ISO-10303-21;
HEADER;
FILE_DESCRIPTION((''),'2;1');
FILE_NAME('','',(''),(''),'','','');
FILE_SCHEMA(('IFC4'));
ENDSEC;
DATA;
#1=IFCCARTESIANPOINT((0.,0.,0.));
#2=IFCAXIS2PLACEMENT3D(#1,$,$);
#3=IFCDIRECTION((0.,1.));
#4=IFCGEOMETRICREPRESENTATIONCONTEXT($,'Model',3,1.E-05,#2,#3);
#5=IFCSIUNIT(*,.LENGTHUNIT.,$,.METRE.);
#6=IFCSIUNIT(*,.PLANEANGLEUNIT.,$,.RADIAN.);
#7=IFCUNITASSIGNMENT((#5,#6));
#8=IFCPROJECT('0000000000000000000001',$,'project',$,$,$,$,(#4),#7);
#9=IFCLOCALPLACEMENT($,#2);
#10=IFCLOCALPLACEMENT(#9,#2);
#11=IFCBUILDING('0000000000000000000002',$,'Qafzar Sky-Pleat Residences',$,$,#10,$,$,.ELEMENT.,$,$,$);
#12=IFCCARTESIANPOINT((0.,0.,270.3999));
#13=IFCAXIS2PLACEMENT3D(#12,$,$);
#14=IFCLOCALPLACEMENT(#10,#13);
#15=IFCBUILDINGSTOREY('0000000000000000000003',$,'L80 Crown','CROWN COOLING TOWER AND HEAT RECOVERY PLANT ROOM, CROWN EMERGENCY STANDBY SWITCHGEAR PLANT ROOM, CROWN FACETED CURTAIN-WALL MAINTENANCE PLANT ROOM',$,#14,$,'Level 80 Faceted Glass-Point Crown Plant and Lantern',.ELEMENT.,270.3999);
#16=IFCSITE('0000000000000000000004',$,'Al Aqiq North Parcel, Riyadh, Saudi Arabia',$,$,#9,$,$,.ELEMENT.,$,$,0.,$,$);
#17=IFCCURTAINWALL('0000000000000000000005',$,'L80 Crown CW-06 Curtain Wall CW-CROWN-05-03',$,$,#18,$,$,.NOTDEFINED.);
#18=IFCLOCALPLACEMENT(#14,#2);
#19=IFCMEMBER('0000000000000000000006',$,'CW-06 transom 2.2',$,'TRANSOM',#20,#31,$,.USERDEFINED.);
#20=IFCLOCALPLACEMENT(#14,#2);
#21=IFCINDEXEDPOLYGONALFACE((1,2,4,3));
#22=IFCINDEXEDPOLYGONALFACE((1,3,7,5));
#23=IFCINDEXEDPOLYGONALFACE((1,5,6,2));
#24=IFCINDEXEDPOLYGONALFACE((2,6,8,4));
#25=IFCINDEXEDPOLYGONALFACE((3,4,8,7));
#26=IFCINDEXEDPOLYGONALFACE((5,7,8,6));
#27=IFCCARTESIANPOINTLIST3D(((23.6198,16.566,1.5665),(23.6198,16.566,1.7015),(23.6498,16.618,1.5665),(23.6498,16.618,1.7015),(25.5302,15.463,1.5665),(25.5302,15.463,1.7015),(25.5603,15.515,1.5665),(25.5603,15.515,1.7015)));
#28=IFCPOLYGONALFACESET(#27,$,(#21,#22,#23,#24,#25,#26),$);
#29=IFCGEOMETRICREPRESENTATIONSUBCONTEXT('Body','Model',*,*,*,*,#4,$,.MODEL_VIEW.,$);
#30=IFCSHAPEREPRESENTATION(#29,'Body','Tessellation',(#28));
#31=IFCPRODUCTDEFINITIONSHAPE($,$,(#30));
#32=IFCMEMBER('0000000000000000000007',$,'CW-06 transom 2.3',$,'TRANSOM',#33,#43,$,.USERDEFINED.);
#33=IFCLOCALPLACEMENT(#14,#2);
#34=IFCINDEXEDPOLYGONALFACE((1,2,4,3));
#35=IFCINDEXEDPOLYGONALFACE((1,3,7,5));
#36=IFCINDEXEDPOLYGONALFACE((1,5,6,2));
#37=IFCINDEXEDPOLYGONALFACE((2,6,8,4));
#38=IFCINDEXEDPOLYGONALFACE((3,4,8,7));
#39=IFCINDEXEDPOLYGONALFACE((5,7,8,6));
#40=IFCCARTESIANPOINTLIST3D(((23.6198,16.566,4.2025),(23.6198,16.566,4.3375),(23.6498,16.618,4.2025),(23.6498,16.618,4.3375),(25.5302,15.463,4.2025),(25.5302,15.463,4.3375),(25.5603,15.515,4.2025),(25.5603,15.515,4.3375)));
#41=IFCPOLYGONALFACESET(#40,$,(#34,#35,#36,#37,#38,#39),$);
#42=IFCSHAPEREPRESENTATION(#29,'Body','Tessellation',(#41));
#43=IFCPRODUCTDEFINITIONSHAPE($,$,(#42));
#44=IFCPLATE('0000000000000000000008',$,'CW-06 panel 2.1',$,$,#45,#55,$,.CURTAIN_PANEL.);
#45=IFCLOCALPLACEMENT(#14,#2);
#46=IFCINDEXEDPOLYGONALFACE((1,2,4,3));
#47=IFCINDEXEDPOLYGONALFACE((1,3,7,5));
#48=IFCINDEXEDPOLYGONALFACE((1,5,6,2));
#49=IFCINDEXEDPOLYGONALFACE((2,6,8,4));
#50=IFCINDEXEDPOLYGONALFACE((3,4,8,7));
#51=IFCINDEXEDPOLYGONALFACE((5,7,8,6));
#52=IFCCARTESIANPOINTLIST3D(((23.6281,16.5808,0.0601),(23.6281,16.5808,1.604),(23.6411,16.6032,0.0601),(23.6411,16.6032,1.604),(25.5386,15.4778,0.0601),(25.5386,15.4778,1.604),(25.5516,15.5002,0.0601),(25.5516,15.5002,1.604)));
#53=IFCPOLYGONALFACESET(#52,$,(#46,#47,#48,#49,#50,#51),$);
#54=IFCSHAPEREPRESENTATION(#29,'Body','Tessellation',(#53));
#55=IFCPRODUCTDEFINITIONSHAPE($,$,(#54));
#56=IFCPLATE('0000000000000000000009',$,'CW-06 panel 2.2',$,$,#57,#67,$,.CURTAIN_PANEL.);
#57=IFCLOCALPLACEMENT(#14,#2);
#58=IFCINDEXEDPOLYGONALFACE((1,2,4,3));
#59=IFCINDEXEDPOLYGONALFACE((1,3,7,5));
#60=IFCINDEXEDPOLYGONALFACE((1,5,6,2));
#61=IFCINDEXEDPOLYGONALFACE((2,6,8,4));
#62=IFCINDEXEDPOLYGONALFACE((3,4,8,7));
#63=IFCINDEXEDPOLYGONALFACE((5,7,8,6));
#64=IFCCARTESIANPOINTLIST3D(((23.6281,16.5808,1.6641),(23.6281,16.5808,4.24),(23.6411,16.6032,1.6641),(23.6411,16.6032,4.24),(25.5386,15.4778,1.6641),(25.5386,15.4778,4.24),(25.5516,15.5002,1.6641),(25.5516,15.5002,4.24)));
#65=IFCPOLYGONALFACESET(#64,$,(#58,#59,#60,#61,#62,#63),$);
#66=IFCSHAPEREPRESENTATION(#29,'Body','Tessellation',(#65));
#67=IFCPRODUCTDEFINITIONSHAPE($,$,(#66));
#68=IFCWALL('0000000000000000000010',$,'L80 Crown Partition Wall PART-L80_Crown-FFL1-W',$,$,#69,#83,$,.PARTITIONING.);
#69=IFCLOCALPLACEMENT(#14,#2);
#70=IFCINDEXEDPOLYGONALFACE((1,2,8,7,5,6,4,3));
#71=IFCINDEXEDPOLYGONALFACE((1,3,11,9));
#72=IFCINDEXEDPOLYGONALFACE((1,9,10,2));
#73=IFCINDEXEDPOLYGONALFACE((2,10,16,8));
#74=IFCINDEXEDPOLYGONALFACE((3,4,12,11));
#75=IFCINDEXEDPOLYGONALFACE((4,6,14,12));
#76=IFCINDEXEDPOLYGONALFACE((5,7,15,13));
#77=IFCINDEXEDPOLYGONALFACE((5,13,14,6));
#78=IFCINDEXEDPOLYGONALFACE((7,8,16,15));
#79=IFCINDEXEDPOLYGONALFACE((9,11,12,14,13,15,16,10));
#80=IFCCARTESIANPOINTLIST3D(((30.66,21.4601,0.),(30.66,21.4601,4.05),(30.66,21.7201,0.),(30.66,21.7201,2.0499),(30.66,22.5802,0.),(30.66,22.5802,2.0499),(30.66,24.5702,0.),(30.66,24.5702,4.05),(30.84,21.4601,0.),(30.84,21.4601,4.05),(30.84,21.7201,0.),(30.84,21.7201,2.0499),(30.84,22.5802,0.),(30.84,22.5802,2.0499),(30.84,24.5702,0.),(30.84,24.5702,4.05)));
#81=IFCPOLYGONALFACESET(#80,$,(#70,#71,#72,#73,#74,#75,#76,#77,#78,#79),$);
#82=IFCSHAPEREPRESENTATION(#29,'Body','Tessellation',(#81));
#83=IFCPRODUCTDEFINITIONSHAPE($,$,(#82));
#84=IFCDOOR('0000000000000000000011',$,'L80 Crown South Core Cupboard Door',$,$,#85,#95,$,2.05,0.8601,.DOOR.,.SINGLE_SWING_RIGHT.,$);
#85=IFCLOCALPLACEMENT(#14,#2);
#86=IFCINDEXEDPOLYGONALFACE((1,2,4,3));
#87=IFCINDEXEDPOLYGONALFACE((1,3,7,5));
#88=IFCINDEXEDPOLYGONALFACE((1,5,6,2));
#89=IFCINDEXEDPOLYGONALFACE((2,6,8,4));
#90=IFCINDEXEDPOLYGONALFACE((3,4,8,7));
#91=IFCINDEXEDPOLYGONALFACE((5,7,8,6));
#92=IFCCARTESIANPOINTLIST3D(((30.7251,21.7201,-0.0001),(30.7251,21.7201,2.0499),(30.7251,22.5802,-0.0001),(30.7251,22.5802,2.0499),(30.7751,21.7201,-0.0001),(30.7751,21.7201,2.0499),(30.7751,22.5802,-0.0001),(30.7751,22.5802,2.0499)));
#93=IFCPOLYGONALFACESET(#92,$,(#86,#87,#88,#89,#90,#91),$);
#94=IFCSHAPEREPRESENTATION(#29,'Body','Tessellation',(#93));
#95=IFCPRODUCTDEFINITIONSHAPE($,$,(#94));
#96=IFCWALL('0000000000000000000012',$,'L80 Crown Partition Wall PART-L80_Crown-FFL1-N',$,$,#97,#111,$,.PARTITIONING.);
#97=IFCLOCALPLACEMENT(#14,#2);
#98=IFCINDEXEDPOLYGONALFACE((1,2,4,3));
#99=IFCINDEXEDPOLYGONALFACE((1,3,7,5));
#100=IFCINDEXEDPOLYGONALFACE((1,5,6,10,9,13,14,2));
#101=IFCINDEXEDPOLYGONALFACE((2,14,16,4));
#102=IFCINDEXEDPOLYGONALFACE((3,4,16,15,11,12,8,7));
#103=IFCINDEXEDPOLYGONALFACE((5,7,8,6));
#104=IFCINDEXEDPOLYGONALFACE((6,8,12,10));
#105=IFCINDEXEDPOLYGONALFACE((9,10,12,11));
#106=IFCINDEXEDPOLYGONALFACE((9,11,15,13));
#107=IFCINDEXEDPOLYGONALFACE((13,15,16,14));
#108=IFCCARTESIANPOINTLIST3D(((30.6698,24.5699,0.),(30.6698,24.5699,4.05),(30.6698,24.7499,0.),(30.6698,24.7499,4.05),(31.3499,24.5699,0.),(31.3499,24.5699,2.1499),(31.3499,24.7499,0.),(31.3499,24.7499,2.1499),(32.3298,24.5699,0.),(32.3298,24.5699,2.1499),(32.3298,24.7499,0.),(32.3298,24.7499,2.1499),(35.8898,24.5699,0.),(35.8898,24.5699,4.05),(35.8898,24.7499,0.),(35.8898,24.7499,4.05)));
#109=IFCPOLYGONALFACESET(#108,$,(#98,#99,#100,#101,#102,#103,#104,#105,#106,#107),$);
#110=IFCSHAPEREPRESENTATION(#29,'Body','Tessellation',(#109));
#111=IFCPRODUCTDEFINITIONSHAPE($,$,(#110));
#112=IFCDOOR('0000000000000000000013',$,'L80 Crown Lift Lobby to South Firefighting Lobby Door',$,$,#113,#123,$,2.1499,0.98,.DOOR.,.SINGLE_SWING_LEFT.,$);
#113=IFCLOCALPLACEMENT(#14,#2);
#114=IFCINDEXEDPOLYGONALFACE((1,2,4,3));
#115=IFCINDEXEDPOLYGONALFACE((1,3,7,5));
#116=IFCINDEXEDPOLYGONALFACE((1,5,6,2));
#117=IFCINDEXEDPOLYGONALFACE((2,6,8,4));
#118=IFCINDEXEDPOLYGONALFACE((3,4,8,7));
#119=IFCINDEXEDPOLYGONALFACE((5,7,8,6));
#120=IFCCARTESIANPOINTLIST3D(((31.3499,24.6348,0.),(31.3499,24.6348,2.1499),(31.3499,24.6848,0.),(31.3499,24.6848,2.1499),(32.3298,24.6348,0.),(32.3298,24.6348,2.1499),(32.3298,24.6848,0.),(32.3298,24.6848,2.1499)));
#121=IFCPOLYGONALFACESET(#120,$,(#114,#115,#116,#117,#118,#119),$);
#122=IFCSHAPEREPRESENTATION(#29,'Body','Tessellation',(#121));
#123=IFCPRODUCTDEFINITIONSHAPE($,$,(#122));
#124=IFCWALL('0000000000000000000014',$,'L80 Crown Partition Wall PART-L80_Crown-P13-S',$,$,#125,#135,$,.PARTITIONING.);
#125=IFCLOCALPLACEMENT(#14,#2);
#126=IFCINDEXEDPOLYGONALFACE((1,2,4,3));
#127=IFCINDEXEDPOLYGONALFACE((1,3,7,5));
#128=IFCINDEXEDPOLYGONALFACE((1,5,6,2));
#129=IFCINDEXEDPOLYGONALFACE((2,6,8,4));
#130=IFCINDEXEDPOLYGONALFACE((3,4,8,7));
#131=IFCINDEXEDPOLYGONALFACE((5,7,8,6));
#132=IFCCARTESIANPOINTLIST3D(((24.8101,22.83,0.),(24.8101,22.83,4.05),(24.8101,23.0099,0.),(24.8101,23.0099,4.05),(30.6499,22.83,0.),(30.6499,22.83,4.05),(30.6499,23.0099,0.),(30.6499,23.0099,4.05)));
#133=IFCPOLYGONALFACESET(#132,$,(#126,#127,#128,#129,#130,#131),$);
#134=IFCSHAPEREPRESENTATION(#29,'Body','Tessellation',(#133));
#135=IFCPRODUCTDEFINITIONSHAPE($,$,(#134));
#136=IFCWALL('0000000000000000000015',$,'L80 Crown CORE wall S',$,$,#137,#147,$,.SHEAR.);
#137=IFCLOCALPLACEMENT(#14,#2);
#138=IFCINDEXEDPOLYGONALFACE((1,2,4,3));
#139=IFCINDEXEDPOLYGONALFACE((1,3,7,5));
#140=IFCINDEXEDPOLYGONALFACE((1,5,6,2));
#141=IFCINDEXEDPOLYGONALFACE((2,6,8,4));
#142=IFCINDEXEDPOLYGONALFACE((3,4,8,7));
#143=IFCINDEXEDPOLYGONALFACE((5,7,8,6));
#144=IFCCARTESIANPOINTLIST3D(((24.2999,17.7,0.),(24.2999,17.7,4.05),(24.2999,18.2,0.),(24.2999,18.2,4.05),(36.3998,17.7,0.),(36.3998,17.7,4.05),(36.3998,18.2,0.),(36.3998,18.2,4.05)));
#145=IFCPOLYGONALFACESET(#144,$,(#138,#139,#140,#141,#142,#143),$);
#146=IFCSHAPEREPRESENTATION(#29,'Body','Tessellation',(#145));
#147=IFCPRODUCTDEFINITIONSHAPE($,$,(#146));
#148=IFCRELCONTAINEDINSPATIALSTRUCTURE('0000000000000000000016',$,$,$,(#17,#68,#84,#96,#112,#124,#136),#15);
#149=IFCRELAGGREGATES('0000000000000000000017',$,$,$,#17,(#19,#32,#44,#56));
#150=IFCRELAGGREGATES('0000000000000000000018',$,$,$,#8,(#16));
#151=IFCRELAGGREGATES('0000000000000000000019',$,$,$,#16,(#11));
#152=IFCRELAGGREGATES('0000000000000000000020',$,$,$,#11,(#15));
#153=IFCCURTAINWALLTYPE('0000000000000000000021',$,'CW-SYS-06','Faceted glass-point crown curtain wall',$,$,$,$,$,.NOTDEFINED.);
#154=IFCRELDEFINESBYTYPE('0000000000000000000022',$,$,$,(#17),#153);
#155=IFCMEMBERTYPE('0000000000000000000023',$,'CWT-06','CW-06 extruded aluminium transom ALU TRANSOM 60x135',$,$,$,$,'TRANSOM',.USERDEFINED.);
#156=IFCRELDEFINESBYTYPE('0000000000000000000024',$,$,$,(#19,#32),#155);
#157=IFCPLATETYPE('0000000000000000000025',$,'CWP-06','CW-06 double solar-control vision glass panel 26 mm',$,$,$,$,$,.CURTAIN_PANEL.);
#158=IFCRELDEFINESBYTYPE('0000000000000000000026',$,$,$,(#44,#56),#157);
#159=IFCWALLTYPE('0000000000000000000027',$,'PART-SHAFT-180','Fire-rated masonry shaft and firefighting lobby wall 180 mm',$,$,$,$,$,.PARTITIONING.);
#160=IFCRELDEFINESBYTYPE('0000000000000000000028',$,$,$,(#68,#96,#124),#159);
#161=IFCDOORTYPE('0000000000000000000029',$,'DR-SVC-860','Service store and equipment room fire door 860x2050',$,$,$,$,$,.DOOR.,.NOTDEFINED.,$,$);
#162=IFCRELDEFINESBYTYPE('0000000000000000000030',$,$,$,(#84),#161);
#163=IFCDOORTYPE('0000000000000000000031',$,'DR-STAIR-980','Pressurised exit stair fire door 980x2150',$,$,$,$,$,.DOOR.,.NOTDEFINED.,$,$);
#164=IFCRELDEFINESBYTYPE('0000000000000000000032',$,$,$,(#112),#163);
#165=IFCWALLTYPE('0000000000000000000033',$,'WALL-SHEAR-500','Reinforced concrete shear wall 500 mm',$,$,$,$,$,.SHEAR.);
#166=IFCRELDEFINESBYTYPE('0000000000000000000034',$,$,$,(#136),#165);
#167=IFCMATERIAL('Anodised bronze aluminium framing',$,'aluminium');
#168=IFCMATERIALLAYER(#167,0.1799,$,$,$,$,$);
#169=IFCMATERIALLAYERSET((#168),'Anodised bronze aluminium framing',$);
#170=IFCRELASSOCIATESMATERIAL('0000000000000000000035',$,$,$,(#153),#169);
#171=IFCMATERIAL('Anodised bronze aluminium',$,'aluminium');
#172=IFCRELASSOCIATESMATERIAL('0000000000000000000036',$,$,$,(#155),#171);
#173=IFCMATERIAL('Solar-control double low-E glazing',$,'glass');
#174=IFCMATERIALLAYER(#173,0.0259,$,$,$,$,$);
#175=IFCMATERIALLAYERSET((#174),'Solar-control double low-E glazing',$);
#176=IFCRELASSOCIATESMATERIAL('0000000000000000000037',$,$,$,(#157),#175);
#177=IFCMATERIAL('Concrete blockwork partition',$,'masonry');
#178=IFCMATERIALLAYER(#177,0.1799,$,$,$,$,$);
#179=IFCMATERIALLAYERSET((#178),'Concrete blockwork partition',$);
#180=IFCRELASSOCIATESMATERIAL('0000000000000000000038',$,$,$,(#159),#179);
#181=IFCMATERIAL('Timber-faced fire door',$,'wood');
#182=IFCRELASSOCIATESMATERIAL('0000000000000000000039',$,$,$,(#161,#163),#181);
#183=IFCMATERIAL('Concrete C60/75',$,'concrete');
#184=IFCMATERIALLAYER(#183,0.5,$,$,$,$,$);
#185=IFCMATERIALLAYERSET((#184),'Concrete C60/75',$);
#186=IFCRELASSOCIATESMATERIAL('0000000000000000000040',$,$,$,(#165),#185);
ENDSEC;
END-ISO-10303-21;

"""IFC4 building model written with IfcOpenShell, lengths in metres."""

from ifc_helpers import new_model, si_unit, direction, frame, frame_2d, origin, origin_2d, place, context, subcontext, project, spatial, rectangle, extrude, source, transform, mapped, material, layer, layer_set, material_profile, profile_set, type_object, element, fill, aggregate, save


model = new_model("IFC4")

# Units and contexts
model_context = context("Model", 3, precision=1e-05, world=origin(), true_north=direction((0.0, 1.0)))
body_context = subcontext(model_context, "Body", "Model", "MODEL_VIEW")
ifc_project = project(units=[si_unit("LENGTHUNIT", "METRE"), si_unit("PLANEANGLEUNIT", "RADIAN")], contexts=[model_context])

# Site, building, storey
site_placement = place(None, origin())
site = spatial("IfcSite", under=ifc_project, at=site_placement, Name="Al Aqiq North Parcel, Riyadh, Saudi Arabia", CompositionType="ELEMENT", RefElevation=0.0)
building_placement = place(site_placement, origin())
building = spatial("IfcBuilding", under=site, at=building_placement, Name="Qafzar Sky-Pleat Residences", CompositionType="ELEMENT")
storey_placement = place(building_placement, frame((0.0, 0.0, 270.3999)))
storey = spatial("IfcBuildingStorey", under=building, at=storey_placement, Name="L80 Crown", Description="CROWN COOLING TOWER AND HEAT RECOVERY PLANT ROOM, CROWN EMERGENCY STANDBY SWITCHGEAR PLANT ROOM, CROWN FACETED CURTAIN-WALL MAINTENANCE PLANT ROOM", LongName="Level 80 Faceted Glass-Point Crown Plant and Lantern", CompositionType="ELEMENT", Elevation=270.3999)

# Curtain wall, members, plates
ifc_material_1 = material(Name="Anodised bronze aluminium framing", Category="aluminium")
ifc_layer_1 = layer(ifc_material_1, 0.1799)
ifc_layer_set_1 = layer_set([ifc_layer_1], Name="Anodised bronze aluminium framing")
curtain_wall_type = type_object("IfcCurtainWallType", Name="CW-SYS-06", Description="Faceted glass-point crown curtain wall", PredefinedType="NOTDEFINED", material=ifc_layer_set_1)
curtain_wall_placement = place(storey_placement, origin())
curtain_wall = element("IfcCurtainWall", 1, at=curtain_wall_placement, inside=storey, type_object=curtain_wall_type, Name="L80 Crown CW-06 Curtain Wall CW-CROWN-05-03", PredefinedType="NOTDEFINED")
ifc_material_2 = material(Name="Anodised bronze aluminium", Category="aluminium")
ifc_material_profile_1 = material_profile(ifc_material_2, rectangle(XDim=0.0601, YDim=0.135, at=origin_2d()), Name="ALU TRANSOM 60x135")
ifc_profile_set_1 = profile_set([ifc_material_profile_1], Name="Anodised bronze aluminium")
member_type_1 = type_object("IfcMemberType", Name="CWT-06", Description="CW-06 extruded aluminium transom ALU TRANSOM 60x135", ElementType="TRANSOM", PredefinedType="USERDEFINED", material=ifc_profile_set_1)
shared_shape_1 = source(origin(), body_context, "Body", "SweptSolid", [
    extrude(rectangle(XDim=0.0601, YDim=0.135, at=origin_2d()), origin(), (0.0, 0.0, 1.0), 2.2061),
])
member_1_placement = place(storey_placement, frame((23.6348, 16.592, 1.634), z_axis=(0.866014, -0.500019, 0.0), x_axis=(0.500019, 0.866014, 0.0)))
member_1 = element("IfcMember", 2, at=member_1_placement, type_object=member_type_1, Name="CW-06 transom 2.2", ObjectType="TRANSOM", PredefinedType="USERDEFINED", context=body_context, shape_type="MappedRepresentation", body=[
    mapped(shared_shape_1, transform((0.0, 0.0, 0.0), x_axis=(1.0, 0.0, 0.0), y_axis=(0.0, 1.0, 0.0), z_axis=(0.0, 0.0, 1.0), scale=1.0)),
])
member_2_placement = place(storey_placement, frame((23.6348, 16.592, 4.27), z_axis=(0.866014, -0.500019, 0.0), x_axis=(0.500019, 0.866014, 0.0)))
member_2 = element("IfcMember", 3, at=member_2_placement, type_object=member_type_1, Name="CW-06 transom 2.3", ObjectType="TRANSOM", PredefinedType="USERDEFINED", context=body_context, shape_type="MappedRepresentation", body=[
    mapped(shared_shape_1, transform((0.0, 0.0, 0.0), x_axis=(1.0, 0.0, 0.0), y_axis=(0.0, 1.0, 0.0), z_axis=(0.0, 0.0, 1.0), scale=1.0)),
])
ifc_material_3 = material(Name="Solar-control double low-E glazing", Category="glass")
ifc_layer_2 = layer(ifc_material_3, 0.0259)
ifc_layer_set_2 = layer_set([ifc_layer_2], Name="Solar-control double low-E glazing")
plate_type = type_object("IfcPlateType", Name="CWP-06", Description="CW-06 double solar-control vision glass panel 26 mm", PredefinedType="CURTAIN_PANEL", material=ifc_layer_set_2)
shared_shape_2 = source(origin(), body_context, "Body", "SweptSolid", [
    extrude(rectangle(XDim=2.2061, YDim=0.0259, at=origin_2d()), origin(), (0.0, 0.0, 1.0), 1.5439),
])
plate_1_placement = place(storey_placement, frame((24.5898, 16.0405, 0.0601), z_axis=(0.0, 0.0, 1.0), x_axis=(0.866024, -0.500003, 0.0)))
plate_1 = element("IfcPlate", 4, at=plate_1_placement, type_object=plate_type, Name="CW-06 panel 2.1", PredefinedType="CURTAIN_PANEL", context=body_context, shape_type="MappedRepresentation", body=[
    mapped(shared_shape_2, transform((0.0, 0.0, 0.0), x_axis=(1.0, 0.0, 0.0), y_axis=(0.0, 1.0, 0.0), z_axis=(0.0, 0.0, 1.0), scale=1.0)),
])
shared_shape_3 = source(origin(), body_context, "Body", "SweptSolid", [
    extrude(rectangle(XDim=2.2061, YDim=0.0259, at=origin_2d()), origin(), (0.0, 0.0, 1.0), 2.5759),
])
plate_2_placement = place(storey_placement, frame((24.5898, 16.0405, 1.6641), z_axis=(0.0, 0.0, 1.0), x_axis=(0.866024, -0.500003, 0.0)))
plate_2 = element("IfcPlate", 5, at=plate_2_placement, type_object=plate_type, Name="CW-06 panel 2.2", PredefinedType="CURTAIN_PANEL", context=body_context, shape_type="MappedRepresentation", body=[
    mapped(shared_shape_3, transform((0.0, 0.0, 0.0), x_axis=(1.0, 0.0, 0.0), y_axis=(0.0, 1.0, 0.0), z_axis=(0.0, 0.0, 1.0), scale=1.0)),
])
aggregate(curtain_wall, [member_1, member_2, plate_1, plate_2])

# Walls, openings, doors
ifc_material_4 = material(Name="Concrete blockwork partition", Category="masonry")
ifc_layer_3 = layer(ifc_material_4, 0.1799)
ifc_layer_set_3 = layer_set([ifc_layer_3], Name="Concrete blockwork partition")
wall_type_1 = type_object("IfcWallType", Name="PART-SHAFT-180", Description="Fire-rated masonry shaft and firefighting lobby wall 180 mm", PredefinedType="PARTITIONING", material=ifc_layer_set_3)
wall_1_placement = place(storey_placement, frame((30.75, 21.46, 0.0), z_axis=(0.0, 0.0, 1.0), x_axis=(0.0, 1.0, 0.0)))
wall_1 = element("IfcWall", 6, at=wall_1_placement, inside=storey, type_object=wall_type_1, Name="L80 Crown Partition Wall PART-L80_Crown-FFL1-W", PredefinedType="PARTITIONING", context=body_context, shape_type="SweptSolid", body=[
    extrude(rectangle(XDim=3.1101, YDim=0.1799, at=frame_2d((1.5552, 0.0))), origin(), (0.0, 0.0, 1.0), 4.05),
])
opening_1_placement = place(wall_1_placement, frame((0.26, 0.0, 0.0)))
opening_1 = element("IfcOpeningElement", 7, at=opening_1_placement, cuts=wall_1, PredefinedType="OPENING", context=body_context, shape_type="SweptSolid", body=[
    extrude(rectangle(XDim=0.8601, YDim=2.05, at=frame_2d((0.4302, 1.0249))), frame((0.0, 0.1001, 0.0), z_axis=(0.0, -1.0, 0.0), x_axis=(1.0, 0.0, 0.0)), (0.0, 0.0, 1.0), 0.2),
])
ifc_material_5 = material(Name="Timber-faced fire door", Category="wood")
door_type_1 = type_object("IfcDoorType", Name="DR-SVC-860", Description="Service store and equipment room fire door 860x2050", OperationType="NOTDEFINED", PredefinedType="DOOR", material=ifc_material_5)
shared_shape_4 = source(origin(), body_context, "Body", "SweptSolid", [
    extrude(rectangle(XDim=0.8601, YDim=2.05, at=frame_2d((0.4302, 1.0249))), frame((0.0, 0.0249, 0.0), z_axis=(0.0, -1.0, 0.0), x_axis=(1.0, 0.0, 0.0)), (0.0, 0.0, 1.0), 0.05),
])
door_1_placement = place(opening_1_placement, origin())
door_1 = element("IfcDoor", 8, at=door_1_placement, inside=storey, type_object=door_type_1, Name="L80 Crown South Core Cupboard Door", OperationType="SINGLE_SWING_RIGHT", OverallHeight=2.05, OverallWidth=0.8601, PredefinedType="DOOR", context=body_context, shape_type="MappedRepresentation", body=[
    mapped(shared_shape_4, transform((0.0, 0.0, 0.0), x_axis=(1.0, 0.0, 0.0), y_axis=(0.0, 1.0, 0.0), z_axis=(0.0, 0.0, 1.0), scale=1.0)),
])
fill(opening_1, door_1)
wall_2_placement = place(storey_placement, frame((30.6699, 24.6599, 0.0), z_axis=(0.0, 0.0, 1.0), x_axis=(1.0, 0.0, 0.0)))
wall_2 = element("IfcWall", 9, at=wall_2_placement, inside=storey, type_object=wall_type_1, Name="L80 Crown Partition Wall PART-L80_Crown-FFL1-N", PredefinedType="PARTITIONING", context=body_context, shape_type="SweptSolid", body=[
    extrude(rectangle(XDim=5.22, YDim=0.1799, at=frame_2d((2.6099, 0.0))), origin(), (0.0, 0.0, 1.0), 4.05),
])
opening_2_placement = place(wall_2_placement, frame((0.6799, 0.0, 0.0)))
opening_2 = element("IfcOpeningElement", 10, at=opening_2_placement, cuts=wall_2, PredefinedType="OPENING", context=body_context, shape_type="SweptSolid", body=[
    extrude(rectangle(XDim=0.98, YDim=2.1499, at=frame_2d((0.49, 1.075))), frame((0.0, 0.1001, 0.0), z_axis=(0.0, -1.0, 0.0), x_axis=(1.0, 0.0, 0.0)), (0.0, 0.0, 1.0), 0.2),
])
door_type_2 = type_object("IfcDoorType", Name="DR-STAIR-980", Description="Pressurised exit stair fire door 980x2150", OperationType="NOTDEFINED", PredefinedType="DOOR", material=ifc_material_5)
shared_shape_5 = source(origin(), body_context, "Body", "SweptSolid", [
    extrude(rectangle(XDim=0.98, YDim=2.1499, at=frame_2d((0.49, 1.075))), frame((0.0, 0.0249, 0.0), z_axis=(0.0, -1.0, 0.0), x_axis=(1.0, 0.0, 0.0)), (0.0, 0.0, 1.0), 0.05),
])
door_2_placement = place(opening_2_placement, origin())
door_2 = element("IfcDoor", 11, at=door_2_placement, inside=storey, type_object=door_type_2, Name="L80 Crown Lift Lobby to South Firefighting Lobby Door", OperationType="SINGLE_SWING_LEFT", OverallHeight=2.1499, OverallWidth=0.98, PredefinedType="DOOR", context=body_context, shape_type="MappedRepresentation", body=[
    mapped(shared_shape_5, transform((0.0, 0.0, 0.0), x_axis=(1.0, 0.0, 0.0), y_axis=(0.0, 1.0, 0.0), z_axis=(0.0, 0.0, 1.0), scale=1.0)),
])
fill(opening_2, door_2)

# Wall
wall_3_placement = place(storey_placement, frame((24.8101, 22.9199, 0.0), z_axis=(0.0, 0.0, 1.0), x_axis=(1.0, 0.0, 0.0)))
element("IfcWall", 12, at=wall_3_placement, inside=storey, type_object=wall_type_1, Name="L80 Crown Partition Wall PART-L80_Crown-P13-S", PredefinedType="PARTITIONING", context=body_context, shape_type="SweptSolid", body=[
    extrude(rectangle(XDim=5.8398, YDim=0.1799, at=frame_2d((2.9199, 0.0))), origin(), (0.0, 0.0, 1.0), 4.05),
])

# Shared definitions
ifc_material_6 = material(Name="Concrete C60/75", Category="concrete")

# Wall
ifc_layer_4 = layer(ifc_material_6, 0.5)
ifc_layer_set_4 = layer_set([ifc_layer_4], Name="Concrete C60/75")
wall_type_2 = type_object("IfcWallType", Name="WALL-SHEAR-500", Description="Reinforced concrete shear wall 500 mm", PredefinedType="SHEAR", material=ifc_layer_set_4)
wall_4_placement = place(storey_placement, frame((24.3, 17.95, 0.0), z_axis=(0.0, 0.0, 1.0), x_axis=(1.0, 0.0, 0.0)))
element("IfcWall", 13, at=wall_4_placement, inside=storey, type_object=wall_type_2, Name="L80 Crown CORE wall S", PredefinedType="SHEAR", context=body_context, shape_type="SweptSolid", body=[
    extrude(rectangle(XDim=12.0999, YDim=0.5, at=frame_2d((6.0498, 0.0))), origin(), (0.0, 0.0, 1.0), 4.05),
])

save(model, "model.ifc")
